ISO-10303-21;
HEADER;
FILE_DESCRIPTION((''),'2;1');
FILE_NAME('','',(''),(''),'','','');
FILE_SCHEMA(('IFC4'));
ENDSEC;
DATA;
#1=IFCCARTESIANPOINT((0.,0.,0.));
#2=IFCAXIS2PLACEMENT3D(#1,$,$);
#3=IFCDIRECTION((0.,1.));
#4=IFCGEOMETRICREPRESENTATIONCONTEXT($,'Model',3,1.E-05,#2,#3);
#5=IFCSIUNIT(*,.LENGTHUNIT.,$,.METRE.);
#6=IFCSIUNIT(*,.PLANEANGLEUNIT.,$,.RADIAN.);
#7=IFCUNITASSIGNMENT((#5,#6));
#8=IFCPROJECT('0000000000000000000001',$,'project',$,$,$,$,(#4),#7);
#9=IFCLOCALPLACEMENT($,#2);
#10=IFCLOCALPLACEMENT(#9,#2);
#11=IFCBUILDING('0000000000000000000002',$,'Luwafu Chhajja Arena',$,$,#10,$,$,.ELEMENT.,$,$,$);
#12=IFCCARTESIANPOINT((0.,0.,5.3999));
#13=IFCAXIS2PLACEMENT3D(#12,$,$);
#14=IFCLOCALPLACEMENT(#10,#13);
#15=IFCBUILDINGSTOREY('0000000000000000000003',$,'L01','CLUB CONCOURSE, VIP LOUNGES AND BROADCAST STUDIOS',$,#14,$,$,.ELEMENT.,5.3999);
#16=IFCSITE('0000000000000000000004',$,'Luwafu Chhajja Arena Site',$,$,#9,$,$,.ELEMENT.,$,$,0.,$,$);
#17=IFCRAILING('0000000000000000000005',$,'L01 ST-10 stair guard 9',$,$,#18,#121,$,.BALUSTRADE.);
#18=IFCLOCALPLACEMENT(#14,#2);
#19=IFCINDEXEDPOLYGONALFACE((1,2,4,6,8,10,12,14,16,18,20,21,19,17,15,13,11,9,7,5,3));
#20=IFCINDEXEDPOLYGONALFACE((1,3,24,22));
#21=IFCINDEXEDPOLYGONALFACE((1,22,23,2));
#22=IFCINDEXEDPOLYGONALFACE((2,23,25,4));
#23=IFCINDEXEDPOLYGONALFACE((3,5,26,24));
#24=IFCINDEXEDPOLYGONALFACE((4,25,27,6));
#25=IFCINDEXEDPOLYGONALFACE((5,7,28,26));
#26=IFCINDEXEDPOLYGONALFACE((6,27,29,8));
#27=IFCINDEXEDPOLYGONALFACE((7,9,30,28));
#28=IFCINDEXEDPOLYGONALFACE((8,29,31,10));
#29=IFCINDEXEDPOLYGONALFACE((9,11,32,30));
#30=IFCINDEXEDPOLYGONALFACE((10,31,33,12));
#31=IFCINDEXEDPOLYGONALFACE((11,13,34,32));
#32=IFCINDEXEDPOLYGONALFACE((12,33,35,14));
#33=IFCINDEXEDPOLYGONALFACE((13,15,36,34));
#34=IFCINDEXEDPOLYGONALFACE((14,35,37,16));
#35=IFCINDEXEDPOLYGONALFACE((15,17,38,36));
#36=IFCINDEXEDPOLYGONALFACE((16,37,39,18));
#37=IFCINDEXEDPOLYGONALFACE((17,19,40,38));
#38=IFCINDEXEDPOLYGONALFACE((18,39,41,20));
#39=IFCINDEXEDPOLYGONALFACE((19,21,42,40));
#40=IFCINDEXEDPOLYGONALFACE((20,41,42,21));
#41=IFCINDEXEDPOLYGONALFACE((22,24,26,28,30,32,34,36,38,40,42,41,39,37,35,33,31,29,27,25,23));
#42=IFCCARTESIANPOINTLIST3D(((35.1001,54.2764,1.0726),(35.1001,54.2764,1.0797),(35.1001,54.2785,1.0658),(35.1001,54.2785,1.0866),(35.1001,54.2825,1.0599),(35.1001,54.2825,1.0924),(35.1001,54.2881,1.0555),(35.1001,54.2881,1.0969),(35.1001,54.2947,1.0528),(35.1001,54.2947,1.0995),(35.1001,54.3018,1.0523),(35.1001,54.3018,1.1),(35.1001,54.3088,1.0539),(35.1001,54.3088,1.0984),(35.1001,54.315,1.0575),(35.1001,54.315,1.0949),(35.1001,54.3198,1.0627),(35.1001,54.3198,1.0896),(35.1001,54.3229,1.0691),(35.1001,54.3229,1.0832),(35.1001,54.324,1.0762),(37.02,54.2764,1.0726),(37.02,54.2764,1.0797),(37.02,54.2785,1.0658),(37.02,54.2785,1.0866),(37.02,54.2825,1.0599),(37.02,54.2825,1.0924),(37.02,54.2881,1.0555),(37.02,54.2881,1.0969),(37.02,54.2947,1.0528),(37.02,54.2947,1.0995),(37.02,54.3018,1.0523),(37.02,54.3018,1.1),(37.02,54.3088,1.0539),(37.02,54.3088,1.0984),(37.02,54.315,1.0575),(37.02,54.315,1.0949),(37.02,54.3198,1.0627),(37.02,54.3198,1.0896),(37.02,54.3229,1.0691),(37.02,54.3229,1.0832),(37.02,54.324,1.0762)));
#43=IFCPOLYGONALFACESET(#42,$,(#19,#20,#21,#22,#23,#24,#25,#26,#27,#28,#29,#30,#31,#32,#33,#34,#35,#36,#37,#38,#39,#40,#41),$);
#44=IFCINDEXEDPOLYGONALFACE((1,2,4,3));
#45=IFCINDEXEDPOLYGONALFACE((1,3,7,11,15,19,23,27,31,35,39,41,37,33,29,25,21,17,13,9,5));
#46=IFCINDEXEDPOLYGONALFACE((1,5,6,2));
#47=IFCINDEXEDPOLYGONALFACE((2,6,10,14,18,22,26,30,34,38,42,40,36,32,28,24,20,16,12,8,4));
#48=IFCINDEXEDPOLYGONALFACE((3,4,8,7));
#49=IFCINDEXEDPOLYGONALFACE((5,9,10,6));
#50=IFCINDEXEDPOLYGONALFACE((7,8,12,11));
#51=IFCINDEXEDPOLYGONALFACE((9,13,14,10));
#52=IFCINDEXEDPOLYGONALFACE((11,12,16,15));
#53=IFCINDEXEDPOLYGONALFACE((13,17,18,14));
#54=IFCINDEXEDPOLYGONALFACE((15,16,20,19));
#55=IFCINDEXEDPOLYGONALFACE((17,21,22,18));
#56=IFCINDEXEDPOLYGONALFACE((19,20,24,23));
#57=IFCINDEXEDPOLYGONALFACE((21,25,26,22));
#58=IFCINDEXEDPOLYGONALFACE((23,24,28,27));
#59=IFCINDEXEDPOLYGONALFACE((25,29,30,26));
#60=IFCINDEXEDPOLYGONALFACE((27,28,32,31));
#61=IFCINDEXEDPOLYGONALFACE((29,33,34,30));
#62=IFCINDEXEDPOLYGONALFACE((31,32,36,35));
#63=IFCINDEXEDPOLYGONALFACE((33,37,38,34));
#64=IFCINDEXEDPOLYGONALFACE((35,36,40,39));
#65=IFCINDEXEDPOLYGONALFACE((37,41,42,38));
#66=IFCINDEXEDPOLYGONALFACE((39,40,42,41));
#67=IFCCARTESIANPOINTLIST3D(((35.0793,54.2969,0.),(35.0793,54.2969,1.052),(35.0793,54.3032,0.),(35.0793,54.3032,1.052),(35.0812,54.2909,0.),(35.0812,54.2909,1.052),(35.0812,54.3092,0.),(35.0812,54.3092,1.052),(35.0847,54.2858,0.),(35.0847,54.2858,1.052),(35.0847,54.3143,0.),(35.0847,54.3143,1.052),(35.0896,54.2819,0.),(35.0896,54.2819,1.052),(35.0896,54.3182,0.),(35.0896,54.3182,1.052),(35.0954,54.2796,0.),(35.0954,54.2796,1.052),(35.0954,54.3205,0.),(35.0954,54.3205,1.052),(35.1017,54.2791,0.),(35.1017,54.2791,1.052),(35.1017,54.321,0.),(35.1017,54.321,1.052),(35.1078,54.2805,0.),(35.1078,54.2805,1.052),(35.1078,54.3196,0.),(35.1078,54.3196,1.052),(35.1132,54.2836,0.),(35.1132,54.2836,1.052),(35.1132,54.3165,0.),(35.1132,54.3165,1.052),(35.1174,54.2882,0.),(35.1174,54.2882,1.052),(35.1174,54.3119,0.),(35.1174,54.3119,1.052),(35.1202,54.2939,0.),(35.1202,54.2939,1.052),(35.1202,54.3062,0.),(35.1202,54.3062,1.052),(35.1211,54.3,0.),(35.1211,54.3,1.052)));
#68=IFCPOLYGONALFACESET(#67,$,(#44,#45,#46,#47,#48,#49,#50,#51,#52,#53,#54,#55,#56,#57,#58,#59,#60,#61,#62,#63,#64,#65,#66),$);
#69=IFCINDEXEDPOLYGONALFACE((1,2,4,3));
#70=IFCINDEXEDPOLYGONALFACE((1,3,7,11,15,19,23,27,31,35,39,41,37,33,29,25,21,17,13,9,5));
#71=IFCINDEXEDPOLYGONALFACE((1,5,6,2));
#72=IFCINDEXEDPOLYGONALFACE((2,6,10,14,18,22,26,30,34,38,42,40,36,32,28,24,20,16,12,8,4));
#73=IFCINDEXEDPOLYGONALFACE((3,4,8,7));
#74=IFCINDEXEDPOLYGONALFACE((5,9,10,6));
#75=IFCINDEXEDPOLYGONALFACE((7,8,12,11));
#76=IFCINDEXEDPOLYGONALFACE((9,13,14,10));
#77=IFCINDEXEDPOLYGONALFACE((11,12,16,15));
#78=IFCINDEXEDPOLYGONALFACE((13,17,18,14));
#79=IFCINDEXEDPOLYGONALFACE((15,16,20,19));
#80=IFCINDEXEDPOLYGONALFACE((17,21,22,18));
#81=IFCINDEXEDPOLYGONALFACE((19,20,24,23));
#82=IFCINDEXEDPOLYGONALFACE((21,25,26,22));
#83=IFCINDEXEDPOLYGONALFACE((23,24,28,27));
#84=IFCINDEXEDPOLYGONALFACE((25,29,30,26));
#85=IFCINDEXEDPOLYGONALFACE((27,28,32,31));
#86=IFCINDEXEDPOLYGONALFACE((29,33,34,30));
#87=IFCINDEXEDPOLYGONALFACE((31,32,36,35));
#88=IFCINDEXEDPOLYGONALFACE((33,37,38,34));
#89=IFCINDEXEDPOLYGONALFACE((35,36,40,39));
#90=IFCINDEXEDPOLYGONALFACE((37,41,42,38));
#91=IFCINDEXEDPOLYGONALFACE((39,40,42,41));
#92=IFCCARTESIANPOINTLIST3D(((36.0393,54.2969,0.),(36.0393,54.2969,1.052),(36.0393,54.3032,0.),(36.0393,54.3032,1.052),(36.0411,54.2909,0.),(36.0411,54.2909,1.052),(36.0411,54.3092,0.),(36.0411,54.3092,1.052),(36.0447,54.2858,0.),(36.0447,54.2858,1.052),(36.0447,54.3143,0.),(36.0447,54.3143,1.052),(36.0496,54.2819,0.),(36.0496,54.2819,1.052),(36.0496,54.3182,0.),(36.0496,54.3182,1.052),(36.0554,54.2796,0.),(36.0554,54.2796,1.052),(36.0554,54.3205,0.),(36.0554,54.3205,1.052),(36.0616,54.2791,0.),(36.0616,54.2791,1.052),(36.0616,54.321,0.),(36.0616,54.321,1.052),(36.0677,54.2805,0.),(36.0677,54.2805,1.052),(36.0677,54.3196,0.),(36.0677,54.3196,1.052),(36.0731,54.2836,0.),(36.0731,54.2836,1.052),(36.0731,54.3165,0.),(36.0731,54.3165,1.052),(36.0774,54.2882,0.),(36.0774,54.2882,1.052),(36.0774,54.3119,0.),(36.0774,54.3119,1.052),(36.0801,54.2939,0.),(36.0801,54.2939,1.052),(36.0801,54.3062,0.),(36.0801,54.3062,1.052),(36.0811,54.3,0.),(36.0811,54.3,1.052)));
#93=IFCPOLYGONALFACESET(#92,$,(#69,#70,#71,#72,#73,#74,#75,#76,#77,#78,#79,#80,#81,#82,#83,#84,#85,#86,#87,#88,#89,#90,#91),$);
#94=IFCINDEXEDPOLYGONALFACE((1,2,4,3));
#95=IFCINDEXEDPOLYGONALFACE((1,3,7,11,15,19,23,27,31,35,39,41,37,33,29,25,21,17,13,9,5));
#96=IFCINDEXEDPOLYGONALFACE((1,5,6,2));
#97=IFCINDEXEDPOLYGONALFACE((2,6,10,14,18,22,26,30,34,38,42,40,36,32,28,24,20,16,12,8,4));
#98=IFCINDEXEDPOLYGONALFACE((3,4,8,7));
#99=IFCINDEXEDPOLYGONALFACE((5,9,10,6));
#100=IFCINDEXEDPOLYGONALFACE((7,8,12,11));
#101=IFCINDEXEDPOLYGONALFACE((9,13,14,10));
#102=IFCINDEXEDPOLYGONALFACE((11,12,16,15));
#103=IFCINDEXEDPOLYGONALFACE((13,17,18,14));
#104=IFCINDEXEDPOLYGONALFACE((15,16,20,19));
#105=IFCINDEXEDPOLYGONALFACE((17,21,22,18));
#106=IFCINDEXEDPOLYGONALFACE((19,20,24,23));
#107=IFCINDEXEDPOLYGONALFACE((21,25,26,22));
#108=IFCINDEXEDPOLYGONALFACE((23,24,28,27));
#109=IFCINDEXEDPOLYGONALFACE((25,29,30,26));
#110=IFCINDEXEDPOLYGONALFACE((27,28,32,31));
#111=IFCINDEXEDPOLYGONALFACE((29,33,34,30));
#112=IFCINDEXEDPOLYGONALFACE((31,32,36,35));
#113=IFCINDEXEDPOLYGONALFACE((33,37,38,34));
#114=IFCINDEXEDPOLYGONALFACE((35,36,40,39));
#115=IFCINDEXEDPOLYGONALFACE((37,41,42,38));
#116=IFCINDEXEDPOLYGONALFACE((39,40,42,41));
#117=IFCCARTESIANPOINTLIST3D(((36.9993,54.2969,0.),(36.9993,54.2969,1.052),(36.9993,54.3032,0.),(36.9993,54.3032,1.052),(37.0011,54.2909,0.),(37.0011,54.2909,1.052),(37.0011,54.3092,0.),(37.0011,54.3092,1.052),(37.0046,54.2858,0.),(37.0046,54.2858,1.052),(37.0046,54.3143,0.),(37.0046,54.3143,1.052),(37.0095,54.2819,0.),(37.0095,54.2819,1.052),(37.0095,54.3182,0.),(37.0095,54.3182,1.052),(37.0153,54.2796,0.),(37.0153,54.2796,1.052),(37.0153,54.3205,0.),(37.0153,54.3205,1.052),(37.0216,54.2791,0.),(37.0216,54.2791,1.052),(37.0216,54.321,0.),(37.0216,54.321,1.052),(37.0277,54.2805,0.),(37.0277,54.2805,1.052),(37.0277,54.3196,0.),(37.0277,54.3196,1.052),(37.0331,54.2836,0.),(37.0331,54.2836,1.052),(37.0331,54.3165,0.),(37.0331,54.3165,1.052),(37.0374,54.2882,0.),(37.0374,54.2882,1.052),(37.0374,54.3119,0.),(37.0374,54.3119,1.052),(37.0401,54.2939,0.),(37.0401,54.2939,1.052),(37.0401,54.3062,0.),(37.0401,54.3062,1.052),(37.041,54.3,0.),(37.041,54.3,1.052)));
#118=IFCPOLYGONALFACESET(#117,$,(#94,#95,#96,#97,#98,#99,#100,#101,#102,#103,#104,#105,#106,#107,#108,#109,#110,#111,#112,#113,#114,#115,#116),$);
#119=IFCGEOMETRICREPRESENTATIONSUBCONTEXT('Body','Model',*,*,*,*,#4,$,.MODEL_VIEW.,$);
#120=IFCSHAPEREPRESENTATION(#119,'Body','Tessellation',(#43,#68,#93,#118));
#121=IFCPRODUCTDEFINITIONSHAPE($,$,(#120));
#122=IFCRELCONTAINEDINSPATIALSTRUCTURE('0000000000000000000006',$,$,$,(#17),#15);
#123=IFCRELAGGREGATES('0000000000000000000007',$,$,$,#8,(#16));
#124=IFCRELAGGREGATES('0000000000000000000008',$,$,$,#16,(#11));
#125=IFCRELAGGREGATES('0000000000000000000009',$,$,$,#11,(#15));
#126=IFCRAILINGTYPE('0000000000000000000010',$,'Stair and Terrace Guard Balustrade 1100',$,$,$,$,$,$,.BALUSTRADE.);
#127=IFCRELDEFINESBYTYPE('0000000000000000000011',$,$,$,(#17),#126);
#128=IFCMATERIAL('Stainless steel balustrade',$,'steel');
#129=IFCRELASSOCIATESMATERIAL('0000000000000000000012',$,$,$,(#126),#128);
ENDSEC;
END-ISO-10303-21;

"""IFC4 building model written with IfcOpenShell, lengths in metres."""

from ifc_helpers import new_model, si_unit, direction, frame, origin, origin_2d, place, context, subcontext, project, spatial, circle, extrude, material, type_object, element, save


model = new_model("IFC4")

# Units and contexts
model_context = context("Model", 3, precision=1e-05, world=origin(), true_north=direction((0.0, 1.0)))
body_context = subcontext(model_context, "Body", "Model", "MODEL_VIEW")
ifc_project = project(units=[si_unit("LENGTHUNIT", "METRE"), si_unit("PLANEANGLEUNIT", "RADIAN")], contexts=[model_context])

# Site, building, storey
site_placement = place(None, origin())
site = spatial("IfcSite", under=ifc_project, at=site_placement, Name="Luwafu Chhajja Arena Site", CompositionType="ELEMENT", RefElevation=0.0)
building_placement = place(site_placement, origin())
building = spatial("IfcBuilding", under=site, at=building_placement, Name="Luwafu Chhajja Arena", CompositionType="ELEMENT")
storey_placement = place(building_placement, frame((0.0, 0.0, 5.3999)))
storey = spatial("IfcBuildingStorey", under=building, at=storey_placement, Name="L01", Description="CLUB CONCOURSE, VIP LOUNGES AND BROADCAST STUDIOS", CompositionType="ELEMENT", Elevation=5.3999)

# Railing
ifc_material_1 = material(Name="Stainless steel balustrade", Category="steel")
railing_type_1 = type_object("IfcRailingType", Name="Stair and Terrace Guard Balustrade 1100", PredefinedType="BALUSTRADE", material=ifc_material_1)
for number, where, name in (
    (1, (35.1001, 54.3, 0.0), "L01 ST-10 stair guard 9"),
):
    element("IfcRailing", number, at=place(storey_placement, frame(where)), inside=storey, type_object=railing_type_1, Name=name, PredefinedType="BALUSTRADE", context=body_context, shape_type="SweptSolid", body=[
        extrude(circle(Radius=0.0239, at=origin_2d()), frame((0.0, 0.0, 1.0762), z_axis=(1.0, 0.0, 0.0), x_axis=(0.0, 1.0, 0.0)), (0.0, 0.0, 1.0), 1.9199),
        extrude(circle(Radius=0.021, at=origin_2d()), origin(), (0.0, 0.0, 1.0), 1.052),
        extrude(circle(Radius=0.021, at=origin_2d()), frame((0.96, 0.0, 0.0)), (0.0, 0.0, 1.0), 1.052),
        extrude(circle(Radius=0.021, at=origin_2d()), frame((1.9199, 0.0, 0.0)), (0.0, 0.0, 1.0), 1.052),
    ])

save(model, "model.ifc")
